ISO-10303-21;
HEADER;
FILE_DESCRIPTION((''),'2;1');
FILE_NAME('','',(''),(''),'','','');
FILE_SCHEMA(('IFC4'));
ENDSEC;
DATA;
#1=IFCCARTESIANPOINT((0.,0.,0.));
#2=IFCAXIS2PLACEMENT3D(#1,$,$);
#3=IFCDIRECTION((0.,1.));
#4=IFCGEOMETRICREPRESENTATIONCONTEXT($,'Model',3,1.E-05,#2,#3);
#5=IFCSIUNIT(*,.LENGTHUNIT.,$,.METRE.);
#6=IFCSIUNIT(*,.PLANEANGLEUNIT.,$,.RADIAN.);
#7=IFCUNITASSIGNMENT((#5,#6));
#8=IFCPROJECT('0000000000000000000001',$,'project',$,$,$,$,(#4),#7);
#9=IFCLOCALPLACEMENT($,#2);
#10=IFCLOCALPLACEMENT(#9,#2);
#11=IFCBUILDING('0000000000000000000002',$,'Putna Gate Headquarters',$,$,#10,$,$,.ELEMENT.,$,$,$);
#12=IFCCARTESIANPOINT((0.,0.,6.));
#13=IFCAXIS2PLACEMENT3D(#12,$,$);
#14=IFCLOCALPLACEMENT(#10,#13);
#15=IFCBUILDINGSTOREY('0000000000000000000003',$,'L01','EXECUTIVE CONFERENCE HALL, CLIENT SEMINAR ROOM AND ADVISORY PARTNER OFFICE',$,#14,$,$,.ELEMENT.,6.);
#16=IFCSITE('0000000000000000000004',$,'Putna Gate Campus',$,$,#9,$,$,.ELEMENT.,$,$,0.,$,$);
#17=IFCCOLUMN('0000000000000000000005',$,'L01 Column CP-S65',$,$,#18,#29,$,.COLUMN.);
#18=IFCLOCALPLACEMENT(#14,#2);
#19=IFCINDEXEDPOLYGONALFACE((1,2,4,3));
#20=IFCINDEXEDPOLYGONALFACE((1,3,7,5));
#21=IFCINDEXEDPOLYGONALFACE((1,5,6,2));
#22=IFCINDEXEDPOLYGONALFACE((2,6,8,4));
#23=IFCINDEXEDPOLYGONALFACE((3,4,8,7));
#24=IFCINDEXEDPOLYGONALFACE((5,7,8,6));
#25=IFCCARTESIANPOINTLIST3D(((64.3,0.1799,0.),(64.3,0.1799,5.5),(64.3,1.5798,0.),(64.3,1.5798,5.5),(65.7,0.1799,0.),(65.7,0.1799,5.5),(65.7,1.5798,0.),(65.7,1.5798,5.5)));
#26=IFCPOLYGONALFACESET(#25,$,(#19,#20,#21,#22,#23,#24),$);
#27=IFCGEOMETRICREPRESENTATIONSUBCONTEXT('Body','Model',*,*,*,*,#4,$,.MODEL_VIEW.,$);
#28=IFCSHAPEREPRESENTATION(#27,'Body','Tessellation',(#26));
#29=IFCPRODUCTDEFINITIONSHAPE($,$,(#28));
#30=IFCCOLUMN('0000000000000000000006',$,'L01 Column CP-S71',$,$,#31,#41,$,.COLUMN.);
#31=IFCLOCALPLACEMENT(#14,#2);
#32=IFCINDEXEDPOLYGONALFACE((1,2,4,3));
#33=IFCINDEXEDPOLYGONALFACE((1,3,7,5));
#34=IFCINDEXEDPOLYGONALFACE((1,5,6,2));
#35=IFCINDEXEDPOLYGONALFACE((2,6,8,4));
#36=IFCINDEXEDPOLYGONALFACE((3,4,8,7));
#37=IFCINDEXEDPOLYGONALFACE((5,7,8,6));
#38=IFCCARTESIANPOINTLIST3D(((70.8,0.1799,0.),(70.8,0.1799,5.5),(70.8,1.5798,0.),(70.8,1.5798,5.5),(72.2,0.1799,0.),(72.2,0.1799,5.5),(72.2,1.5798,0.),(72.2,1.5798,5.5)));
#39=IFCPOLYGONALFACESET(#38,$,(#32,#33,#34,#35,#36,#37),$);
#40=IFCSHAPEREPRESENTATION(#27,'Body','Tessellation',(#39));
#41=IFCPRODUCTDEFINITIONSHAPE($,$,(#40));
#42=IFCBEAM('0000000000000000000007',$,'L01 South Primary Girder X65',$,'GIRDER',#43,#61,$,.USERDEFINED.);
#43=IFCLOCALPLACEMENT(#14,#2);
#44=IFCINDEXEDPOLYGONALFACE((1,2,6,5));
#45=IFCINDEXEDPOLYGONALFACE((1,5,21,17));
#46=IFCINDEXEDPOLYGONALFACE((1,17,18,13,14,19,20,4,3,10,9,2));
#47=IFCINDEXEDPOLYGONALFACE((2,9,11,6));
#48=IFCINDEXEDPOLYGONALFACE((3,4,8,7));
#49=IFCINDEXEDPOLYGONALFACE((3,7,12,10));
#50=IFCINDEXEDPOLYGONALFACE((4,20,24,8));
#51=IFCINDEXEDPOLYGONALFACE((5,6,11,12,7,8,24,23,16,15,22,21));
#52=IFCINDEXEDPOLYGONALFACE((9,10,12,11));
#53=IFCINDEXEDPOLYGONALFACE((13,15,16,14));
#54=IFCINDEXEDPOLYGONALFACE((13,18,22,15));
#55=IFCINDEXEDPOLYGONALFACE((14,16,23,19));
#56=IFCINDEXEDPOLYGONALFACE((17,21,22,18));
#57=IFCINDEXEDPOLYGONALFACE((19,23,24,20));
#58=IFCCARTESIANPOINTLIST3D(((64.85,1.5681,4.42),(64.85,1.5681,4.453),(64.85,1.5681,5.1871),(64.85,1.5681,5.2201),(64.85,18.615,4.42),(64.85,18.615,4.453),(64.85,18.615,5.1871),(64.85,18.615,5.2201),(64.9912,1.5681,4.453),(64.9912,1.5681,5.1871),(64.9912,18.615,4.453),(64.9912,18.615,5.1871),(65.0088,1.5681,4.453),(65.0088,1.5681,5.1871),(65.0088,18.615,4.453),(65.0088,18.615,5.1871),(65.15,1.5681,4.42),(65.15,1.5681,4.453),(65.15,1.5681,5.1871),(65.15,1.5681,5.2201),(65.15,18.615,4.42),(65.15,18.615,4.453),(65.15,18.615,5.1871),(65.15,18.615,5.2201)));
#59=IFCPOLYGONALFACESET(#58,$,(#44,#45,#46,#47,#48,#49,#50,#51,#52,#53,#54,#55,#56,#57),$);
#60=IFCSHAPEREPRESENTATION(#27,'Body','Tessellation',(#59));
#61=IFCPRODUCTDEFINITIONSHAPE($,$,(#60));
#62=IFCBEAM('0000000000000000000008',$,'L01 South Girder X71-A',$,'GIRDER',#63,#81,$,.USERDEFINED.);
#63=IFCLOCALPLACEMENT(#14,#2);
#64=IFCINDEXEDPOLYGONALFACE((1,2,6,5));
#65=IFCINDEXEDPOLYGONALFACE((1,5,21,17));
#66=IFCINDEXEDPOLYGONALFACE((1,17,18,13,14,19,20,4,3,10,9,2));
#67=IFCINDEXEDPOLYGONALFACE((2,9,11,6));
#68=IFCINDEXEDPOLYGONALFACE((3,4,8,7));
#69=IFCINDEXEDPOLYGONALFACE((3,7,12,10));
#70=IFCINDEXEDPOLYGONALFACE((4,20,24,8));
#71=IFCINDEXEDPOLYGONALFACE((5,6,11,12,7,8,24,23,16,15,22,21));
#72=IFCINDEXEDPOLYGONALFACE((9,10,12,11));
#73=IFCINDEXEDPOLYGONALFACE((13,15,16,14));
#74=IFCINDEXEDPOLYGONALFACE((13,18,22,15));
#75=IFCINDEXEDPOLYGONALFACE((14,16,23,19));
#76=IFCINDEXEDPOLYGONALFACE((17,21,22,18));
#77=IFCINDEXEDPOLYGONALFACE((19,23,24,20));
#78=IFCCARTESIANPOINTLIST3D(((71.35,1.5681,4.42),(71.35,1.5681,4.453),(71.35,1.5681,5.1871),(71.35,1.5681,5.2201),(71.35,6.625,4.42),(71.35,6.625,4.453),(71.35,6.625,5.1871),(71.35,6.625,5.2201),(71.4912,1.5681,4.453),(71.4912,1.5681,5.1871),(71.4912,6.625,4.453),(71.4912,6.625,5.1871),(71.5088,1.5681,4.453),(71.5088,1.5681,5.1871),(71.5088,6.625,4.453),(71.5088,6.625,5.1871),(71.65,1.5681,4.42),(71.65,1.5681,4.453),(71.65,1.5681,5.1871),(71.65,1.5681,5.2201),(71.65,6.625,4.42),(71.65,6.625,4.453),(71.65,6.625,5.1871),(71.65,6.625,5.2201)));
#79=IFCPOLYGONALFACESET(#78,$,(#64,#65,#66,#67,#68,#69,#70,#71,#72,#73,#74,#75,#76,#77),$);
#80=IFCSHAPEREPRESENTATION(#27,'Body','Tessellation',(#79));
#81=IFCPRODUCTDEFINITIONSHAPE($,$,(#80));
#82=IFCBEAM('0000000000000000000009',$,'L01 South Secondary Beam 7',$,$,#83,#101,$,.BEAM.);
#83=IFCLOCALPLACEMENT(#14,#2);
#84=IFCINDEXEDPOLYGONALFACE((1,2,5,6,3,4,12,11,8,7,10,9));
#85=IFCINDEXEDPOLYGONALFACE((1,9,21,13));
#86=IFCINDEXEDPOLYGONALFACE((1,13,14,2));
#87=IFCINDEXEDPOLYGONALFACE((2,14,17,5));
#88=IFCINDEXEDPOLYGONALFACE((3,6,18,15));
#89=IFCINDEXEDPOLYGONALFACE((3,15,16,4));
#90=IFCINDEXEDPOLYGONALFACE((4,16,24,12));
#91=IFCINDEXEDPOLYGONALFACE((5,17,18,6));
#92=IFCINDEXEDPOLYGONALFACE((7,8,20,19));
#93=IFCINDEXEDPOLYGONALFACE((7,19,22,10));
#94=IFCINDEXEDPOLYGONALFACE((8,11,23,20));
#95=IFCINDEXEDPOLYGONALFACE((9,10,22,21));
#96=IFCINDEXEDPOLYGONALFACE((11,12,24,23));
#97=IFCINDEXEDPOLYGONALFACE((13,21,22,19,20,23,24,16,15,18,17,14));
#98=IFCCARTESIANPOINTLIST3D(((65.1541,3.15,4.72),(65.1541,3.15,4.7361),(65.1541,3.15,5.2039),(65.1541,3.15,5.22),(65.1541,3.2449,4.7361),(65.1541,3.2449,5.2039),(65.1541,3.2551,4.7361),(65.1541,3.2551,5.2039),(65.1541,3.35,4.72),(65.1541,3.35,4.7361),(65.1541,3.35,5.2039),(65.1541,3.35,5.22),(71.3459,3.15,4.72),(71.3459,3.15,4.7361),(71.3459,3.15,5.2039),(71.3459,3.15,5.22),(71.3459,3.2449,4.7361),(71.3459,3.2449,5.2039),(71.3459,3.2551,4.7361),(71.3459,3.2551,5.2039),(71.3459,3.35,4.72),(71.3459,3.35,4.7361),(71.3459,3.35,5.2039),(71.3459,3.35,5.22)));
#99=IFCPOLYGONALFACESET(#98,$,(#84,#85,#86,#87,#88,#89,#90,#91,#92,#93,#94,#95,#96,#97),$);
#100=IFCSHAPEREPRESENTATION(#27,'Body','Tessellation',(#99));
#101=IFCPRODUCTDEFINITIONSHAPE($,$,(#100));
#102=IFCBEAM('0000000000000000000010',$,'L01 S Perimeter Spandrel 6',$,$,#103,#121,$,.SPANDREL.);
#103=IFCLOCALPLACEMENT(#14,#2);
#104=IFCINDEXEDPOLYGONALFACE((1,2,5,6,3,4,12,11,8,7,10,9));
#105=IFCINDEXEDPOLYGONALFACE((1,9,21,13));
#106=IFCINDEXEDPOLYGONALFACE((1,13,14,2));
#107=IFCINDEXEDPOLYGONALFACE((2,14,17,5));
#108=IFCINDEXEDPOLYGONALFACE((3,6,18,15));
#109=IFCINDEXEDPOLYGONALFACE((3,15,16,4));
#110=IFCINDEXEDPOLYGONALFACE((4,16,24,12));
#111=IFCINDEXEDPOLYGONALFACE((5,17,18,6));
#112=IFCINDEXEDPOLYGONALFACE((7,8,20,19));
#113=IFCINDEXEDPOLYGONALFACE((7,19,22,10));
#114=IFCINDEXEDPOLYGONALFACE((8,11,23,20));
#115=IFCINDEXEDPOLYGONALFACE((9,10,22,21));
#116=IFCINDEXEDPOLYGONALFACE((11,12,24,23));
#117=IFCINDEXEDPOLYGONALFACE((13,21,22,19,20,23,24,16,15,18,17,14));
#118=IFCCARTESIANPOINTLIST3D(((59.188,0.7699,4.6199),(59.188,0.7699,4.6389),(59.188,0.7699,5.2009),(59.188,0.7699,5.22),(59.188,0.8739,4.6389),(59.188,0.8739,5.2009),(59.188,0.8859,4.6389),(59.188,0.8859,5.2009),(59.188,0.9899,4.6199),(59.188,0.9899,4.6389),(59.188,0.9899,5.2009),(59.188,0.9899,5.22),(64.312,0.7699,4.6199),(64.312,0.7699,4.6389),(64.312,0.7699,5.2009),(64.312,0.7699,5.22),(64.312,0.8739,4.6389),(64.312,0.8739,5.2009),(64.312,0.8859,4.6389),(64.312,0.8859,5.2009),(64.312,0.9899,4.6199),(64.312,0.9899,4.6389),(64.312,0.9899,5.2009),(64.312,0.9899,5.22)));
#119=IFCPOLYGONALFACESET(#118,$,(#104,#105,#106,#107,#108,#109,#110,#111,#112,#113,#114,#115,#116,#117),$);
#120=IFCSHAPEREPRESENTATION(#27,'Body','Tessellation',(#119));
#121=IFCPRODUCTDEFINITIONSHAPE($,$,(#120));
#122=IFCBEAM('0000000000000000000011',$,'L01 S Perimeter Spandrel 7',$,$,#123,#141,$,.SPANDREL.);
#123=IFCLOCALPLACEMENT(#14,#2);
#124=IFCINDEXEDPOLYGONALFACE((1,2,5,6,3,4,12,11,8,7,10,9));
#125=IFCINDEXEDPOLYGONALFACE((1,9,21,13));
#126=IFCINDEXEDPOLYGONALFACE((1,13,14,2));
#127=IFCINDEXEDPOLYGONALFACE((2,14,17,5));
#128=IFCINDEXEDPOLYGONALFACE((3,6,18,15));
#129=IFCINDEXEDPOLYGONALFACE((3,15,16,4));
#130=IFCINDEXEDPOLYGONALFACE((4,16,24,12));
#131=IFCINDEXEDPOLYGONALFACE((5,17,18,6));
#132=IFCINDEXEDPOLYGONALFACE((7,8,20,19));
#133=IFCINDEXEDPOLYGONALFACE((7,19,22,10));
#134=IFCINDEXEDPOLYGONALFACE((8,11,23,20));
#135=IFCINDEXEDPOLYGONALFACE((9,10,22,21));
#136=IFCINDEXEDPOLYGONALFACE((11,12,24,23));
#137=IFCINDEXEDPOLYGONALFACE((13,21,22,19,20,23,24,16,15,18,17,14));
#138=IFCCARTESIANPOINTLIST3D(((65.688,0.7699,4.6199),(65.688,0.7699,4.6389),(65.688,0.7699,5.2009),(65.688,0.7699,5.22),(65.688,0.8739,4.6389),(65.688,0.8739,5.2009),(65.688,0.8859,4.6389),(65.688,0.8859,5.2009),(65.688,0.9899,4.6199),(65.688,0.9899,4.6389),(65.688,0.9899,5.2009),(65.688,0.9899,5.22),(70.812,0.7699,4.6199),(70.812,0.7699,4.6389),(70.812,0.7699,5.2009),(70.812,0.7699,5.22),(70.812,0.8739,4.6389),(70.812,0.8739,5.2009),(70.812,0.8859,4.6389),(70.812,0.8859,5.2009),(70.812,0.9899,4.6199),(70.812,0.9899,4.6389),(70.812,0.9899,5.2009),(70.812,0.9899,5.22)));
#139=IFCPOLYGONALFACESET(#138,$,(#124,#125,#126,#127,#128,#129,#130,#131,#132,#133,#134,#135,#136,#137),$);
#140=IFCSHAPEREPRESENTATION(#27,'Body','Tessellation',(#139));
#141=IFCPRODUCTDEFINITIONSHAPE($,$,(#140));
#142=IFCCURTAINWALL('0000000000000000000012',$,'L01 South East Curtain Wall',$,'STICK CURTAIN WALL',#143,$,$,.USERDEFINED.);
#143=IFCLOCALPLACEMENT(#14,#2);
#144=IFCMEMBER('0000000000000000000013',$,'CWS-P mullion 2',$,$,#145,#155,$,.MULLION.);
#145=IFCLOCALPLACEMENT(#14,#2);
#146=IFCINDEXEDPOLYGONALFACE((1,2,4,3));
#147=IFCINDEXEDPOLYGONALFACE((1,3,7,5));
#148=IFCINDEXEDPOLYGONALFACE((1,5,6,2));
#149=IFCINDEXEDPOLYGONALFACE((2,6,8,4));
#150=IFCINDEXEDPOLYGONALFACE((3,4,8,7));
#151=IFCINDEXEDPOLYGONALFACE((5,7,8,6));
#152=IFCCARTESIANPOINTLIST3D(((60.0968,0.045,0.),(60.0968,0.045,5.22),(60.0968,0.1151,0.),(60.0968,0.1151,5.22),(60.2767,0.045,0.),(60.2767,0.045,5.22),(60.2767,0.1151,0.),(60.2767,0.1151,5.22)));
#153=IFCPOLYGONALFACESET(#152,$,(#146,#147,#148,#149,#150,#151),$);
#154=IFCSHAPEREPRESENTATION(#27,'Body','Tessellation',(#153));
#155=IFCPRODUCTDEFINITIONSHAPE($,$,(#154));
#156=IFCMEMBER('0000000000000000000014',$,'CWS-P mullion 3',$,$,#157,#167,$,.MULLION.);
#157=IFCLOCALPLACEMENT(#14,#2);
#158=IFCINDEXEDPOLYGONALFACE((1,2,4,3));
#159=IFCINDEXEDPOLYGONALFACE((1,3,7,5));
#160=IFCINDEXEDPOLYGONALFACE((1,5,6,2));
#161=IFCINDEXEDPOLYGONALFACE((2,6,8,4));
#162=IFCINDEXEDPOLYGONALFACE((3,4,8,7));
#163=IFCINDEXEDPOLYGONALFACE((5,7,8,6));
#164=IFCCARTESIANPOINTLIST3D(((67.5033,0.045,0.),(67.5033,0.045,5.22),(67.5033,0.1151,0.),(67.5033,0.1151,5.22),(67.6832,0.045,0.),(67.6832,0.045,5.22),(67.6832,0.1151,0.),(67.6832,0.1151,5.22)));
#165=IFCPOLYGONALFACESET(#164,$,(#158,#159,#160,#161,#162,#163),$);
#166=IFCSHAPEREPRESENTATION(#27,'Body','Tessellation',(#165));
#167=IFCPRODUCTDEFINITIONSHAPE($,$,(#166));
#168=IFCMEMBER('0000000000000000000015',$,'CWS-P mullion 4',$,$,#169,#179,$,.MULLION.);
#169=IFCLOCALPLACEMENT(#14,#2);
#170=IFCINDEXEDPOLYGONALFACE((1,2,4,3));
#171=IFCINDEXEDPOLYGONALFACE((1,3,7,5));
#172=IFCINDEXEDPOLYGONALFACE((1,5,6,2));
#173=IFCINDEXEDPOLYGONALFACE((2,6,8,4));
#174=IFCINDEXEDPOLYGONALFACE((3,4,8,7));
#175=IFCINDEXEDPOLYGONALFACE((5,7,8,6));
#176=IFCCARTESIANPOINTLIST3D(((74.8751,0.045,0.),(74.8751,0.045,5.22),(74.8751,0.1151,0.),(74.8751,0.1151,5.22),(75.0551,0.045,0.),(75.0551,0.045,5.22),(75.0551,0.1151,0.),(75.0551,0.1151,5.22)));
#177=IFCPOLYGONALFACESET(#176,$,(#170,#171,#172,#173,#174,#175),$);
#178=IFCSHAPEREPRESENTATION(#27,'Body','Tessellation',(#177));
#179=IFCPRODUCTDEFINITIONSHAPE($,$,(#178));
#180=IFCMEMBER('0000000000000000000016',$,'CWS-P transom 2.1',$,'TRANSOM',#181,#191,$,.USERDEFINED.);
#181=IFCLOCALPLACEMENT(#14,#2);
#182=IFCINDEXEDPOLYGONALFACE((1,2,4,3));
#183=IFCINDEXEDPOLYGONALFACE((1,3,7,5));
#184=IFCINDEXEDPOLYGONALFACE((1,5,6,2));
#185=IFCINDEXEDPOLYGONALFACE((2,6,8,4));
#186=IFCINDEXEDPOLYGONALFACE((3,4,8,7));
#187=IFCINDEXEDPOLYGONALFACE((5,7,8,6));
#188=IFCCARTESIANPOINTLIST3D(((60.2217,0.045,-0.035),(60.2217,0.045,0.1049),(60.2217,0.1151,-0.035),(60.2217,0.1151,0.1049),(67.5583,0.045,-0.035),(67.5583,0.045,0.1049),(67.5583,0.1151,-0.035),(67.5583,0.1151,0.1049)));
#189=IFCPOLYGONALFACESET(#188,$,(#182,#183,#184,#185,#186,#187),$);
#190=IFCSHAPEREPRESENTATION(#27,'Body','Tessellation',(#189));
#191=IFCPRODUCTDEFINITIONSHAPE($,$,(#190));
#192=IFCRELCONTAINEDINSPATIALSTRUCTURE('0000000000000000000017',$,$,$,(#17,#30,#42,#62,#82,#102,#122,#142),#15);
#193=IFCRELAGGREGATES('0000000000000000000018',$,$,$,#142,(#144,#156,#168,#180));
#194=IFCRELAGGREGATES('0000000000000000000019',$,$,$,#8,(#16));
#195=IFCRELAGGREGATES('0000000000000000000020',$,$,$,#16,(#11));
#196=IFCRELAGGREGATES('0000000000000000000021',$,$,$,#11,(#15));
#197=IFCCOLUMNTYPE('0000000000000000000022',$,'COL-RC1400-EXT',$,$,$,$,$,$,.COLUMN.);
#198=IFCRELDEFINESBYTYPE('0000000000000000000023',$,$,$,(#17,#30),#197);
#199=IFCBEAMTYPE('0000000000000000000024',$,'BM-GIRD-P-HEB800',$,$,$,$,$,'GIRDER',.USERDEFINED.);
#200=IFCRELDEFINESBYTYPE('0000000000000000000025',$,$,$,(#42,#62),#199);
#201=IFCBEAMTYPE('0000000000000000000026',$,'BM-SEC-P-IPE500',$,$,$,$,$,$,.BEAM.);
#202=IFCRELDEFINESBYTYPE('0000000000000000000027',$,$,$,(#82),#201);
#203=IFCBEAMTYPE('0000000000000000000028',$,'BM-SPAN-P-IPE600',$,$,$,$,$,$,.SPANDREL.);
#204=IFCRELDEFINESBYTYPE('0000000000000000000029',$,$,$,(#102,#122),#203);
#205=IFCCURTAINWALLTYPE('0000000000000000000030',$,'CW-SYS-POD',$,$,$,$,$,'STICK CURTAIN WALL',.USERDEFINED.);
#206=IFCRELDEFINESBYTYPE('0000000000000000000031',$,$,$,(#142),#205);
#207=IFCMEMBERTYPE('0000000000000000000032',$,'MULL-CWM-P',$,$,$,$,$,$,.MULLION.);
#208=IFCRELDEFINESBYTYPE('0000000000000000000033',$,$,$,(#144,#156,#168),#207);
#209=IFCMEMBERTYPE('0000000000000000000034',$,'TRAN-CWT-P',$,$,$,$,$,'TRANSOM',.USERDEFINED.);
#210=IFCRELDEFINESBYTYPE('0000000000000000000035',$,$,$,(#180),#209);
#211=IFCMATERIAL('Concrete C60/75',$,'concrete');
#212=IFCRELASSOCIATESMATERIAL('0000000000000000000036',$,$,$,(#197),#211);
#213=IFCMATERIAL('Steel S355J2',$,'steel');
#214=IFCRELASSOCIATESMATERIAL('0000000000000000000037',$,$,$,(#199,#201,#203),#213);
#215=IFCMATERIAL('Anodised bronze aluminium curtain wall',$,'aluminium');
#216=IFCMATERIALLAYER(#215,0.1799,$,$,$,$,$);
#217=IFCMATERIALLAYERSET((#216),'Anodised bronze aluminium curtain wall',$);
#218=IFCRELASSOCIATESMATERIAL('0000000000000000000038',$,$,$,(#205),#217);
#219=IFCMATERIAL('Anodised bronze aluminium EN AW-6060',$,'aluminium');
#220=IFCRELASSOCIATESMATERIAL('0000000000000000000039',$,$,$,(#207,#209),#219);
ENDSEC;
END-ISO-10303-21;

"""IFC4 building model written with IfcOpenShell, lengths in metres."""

from ifc_helpers import new_model, si_unit, direction, frame, origin, origin_2d, place, context, subcontext, project, spatial, rectangle, i_section, extrude, material, layer, layer_set, material_profile, profile_set, type_object, element, aggregate, save


model = new_model("IFC4")

# Units and contexts
model_context = context("Model", 3, precision=1e-05, world=origin(), true_north=direction((0.0, 1.0)))
body_context = subcontext(model_context, "Body", "Model", "MODEL_VIEW")
ifc_project = project(units=[si_unit("LENGTHUNIT", "METRE"), si_unit("PLANEANGLEUNIT", "RADIAN")], contexts=[model_context])

# Site, building, storey
site_placement = place(None, origin())
site = spatial("IfcSite", under=ifc_project, at=site_placement, Name="Putna Gate Campus", CompositionType="ELEMENT", RefElevation=0.0)
building_placement = place(site_placement, origin())
building = spatial("IfcBuilding", under=site, at=building_placement, Name="Putna Gate Headquarters", CompositionType="ELEMENT")
storey_placement = place(building_placement, frame((0.0, 0.0, 6.0)))
storey = spatial("IfcBuildingStorey", under=building, at=storey_placement, Name="L01", Description="EXECUTIVE CONFERENCE HALL, CLIENT SEMINAR ROOM AND ADVISORY PARTNER OFFICE", CompositionType="ELEMENT", Elevation=6.0)

# Columns
ifc_material_1 = material(Name="Concrete C60/75", Category="concrete")
ifc_material_profile_1 = material_profile(ifc_material_1, rectangle(XDim=1.3999, YDim=1.3999, at=origin_2d()), Name="Concrete C60/75")
ifc_profile_set_1 = profile_set([ifc_material_profile_1], Name="Concrete C60/75")
column_type = type_object("IfcColumnType", Name="COL-RC1400-EXT", PredefinedType="COLUMN", material=ifc_profile_set_1)
for number, where, z_axis, x_axis, name in (
    (1, (65.0, 0.8799, 0.0), (0.0, 0.0, 1.0), (1.0, 0.0, 0.0), "L01 Column CP-S65"),
    (2, (71.5, 0.8799, 0.0), (0.0, 0.0, 1.0), (1.0, 0.0, 0.0), "L01 Column CP-S71"),
):
    element("IfcColumn", number, at=place(storey_placement, frame(where, z_axis=z_axis, x_axis=x_axis)), inside=storey, type_object=column_type, Name=name, PredefinedType="COLUMN", context=body_context, shape_type="SweptSolid", body=[
        extrude(rectangle(XDim=1.3999, YDim=1.3999, at=origin_2d()), origin(), (0.0, 0.0, 1.0), 5.5),
    ])

# Beams
ifc_material_2 = material(Name="Steel S355J2", Category="steel")
ifc_material_profile_2 = material_profile(ifc_material_2, i_section(OverallWidth=0.3, OverallDepth=0.8, WebThickness=0.0176, FlangeThickness=0.033, at=origin_2d()), Name="Steel S355J2")
ifc_profile_set_2 = profile_set([ifc_material_profile_2], Name="Steel S355J2")
beam_type_1 = type_object("IfcBeamType", Name="BM-GIRD-P-HEB800", ElementType="GIRDER", PredefinedType="USERDEFINED", material=ifc_profile_set_2)
beam_1_placement = place(storey_placement, frame((65.0, 1.5681, 4.8201), z_axis=(0.0, 1.0, 0.0), x_axis=(-1.0, 0.0, 0.0)))
element("IfcBeam", 3, at=beam_1_placement, inside=storey, type_object=beam_type_1, Name="L01 South Primary Girder X65", ObjectType="GIRDER", PredefinedType="USERDEFINED", context=body_context, shape_type="SweptSolid", body=[
    extrude(i_section(OverallWidth=0.3, OverallDepth=0.8, WebThickness=0.0176, FlangeThickness=0.033, at=origin_2d()), origin(), (0.0, 0.0, 1.0), 17.0469),
])
beam_2_placement = place(storey_placement, frame((71.5, 1.5681, 4.8201), z_axis=(0.0, 1.0, 0.0), x_axis=(-1.0, 0.0, 0.0)))
element("IfcBeam", 4, at=beam_2_placement, inside=storey, type_object=beam_type_1, Name="L01 South Girder X71-A", ObjectType="GIRDER", PredefinedType="USERDEFINED", context=body_context, shape_type="SweptSolid", body=[
    extrude(i_section(OverallWidth=0.3, OverallDepth=0.8, WebThickness=0.0176, FlangeThickness=0.033, at=origin_2d()), origin(), (0.0, 0.0, 1.0), 5.0569),
])
ifc_material_profile_3 = material_profile(ifc_material_2, i_section(OverallWidth=0.2, OverallDepth=0.5, WebThickness=0.0103, FlangeThickness=0.0161, at=origin_2d()), Name="Steel S355J2")
ifc_profile_set_3 = profile_set([ifc_material_profile_3], Name="Steel S355J2")
beam_type_2 = type_object("IfcBeamType", Name="BM-SEC-P-IPE500", PredefinedType="BEAM", material=ifc_profile_set_3)
beam_3_placement = place(storey_placement, frame((65.1541, 3.25, 4.97), z_axis=(1.0, 0.0, 0.0), x_axis=(0.0, 1.0, 0.0)))
element("IfcBeam", 5, at=beam_3_placement, inside=storey, type_object=beam_type_2, Name="L01 South Secondary Beam 7", PredefinedType="BEAM", context=body_context, shape_type="SweptSolid", body=[
    extrude(i_section(OverallWidth=0.2, OverallDepth=0.5, WebThickness=0.0103, FlangeThickness=0.0161, at=origin_2d()), origin(), (0.0, 0.0, 1.0), 6.1919),
])
ifc_material_profile_4 = material_profile(ifc_material_2, i_section(OverallWidth=0.22, OverallDepth=0.6001, WebThickness=0.012, FlangeThickness=0.019, at=origin_2d()), Name="Steel S355J2")
ifc_profile_set_4 = profile_set([ifc_material_profile_4], Name="Steel S355J2")
beam_type_3 = type_object("IfcBeamType", Name="BM-SPAN-P-IPE600", PredefinedType="SPANDREL", material=ifc_profile_set_4)
for number, where, z_axis, x_axis, name in (
    (6, (59.188, 0.8799, 4.9199), (1.0, 0.0, 0.0), (0.0, 1.0, 0.0), "L01 S Perimeter Spandrel 6"),
    (7, (65.688, 0.8799, 4.9199), (1.0, 0.0, 0.0), (0.0, 1.0, 0.0), "L01 S Perimeter Spandrel 7"),
):
    element("IfcBeam", number, at=place(storey_placement, frame(where, z_axis=z_axis, x_axis=x_axis)), inside=storey, type_object=beam_type_3, Name=name, PredefinedType="SPANDREL", context=body_context, shape_type="SweptSolid", body=[
        extrude(i_section(OverallWidth=0.22, OverallDepth=0.6001, WebThickness=0.012, FlangeThickness=0.019, at=origin_2d()), origin(), (0.0, 0.0, 1.0), 5.124),
    ])

# Curtain wall, members
ifc_material_3 = material(Name="Anodised bronze aluminium curtain wall", Category="aluminium")
ifc_layer_1 = layer(ifc_material_3, 0.1799)
ifc_layer_set_1 = layer_set([ifc_layer_1], Name="Anodised bronze aluminium curtain wall")
curtain_wall_type = type_object("IfcCurtainWallType", Name="CW-SYS-POD", ElementType="STICK CURTAIN WALL", PredefinedType="USERDEFINED", material=ifc_layer_set_1)
curtain_wall_placement = place(storey_placement, origin())
curtain_wall = element("IfcCurtainWall", 8, at=curtain_wall_placement, inside=storey, type_object=curtain_wall_type, Name="L01 South East Curtain Wall", ObjectType="STICK CURTAIN WALL", PredefinedType="USERDEFINED")
ifc_material_4 = material(Name="Anodised bronze aluminium EN AW-6060", Category="aluminium")
ifc_material_profile_5 = material_profile(ifc_material_4, rectangle(XDim=0.0701, YDim=0.1799, at=origin_2d()), Name="Anodised bronze aluminium EN AW-6060")
ifc_profile_set_5 = profile_set([ifc_material_profile_5], Name="Anodised bronze aluminium EN AW-6060")
member_type_1 = type_object("IfcMemberType", Name="MULL-CWM-P", PredefinedType="MULLION", material=ifc_profile_set_5)
member_1_placement = place(storey_placement, frame((60.1868, 0.0801, 0.0), z_axis=(0.0, 0.0, 1.0), x_axis=(0.0, 1.0, 0.0)))
member_1 = element("IfcMember", 9, at=member_1_placement, type_object=member_type_1, Name="CWS-P mullion 2", PredefinedType="MULLION", context=body_context, shape_type="SweptSolid", body=[
    extrude(rectangle(XDim=0.0701, YDim=0.1799, at=origin_2d()), origin(), (0.0, 0.0, 1.0), 5.22),
])
member_2_placement = place(storey_placement, frame((67.5933, 0.0801, 0.0), z_axis=(0.0, 0.0, 1.0), x_axis=(0.0, 1.0, 0.0)))
member_2 = element("IfcMember", 10, at=member_2_placement, type_object=member_type_1, Name="CWS-P mullion 3", PredefinedType="MULLION", context=body_context, shape_type="SweptSolid", body=[
    extrude(rectangle(XDim=0.0701, YDim=0.1799, at=origin_2d()), origin(), (0.0, 0.0, 1.0), 5.22),
])
member_3_placement = place(storey_placement, frame((74.9651, 0.0801, 0.0), z_axis=(0.0, 0.0, 1.0), x_axis=(0.0, 1.0, 0.0)))
member_3 = element("IfcMember", 11, at=member_3_placement, type_object=member_type_1, Name="CWS-P mullion 4", PredefinedType="MULLION", context=body_context, shape_type="SweptSolid", body=[
    extrude(rectangle(XDim=0.0701, YDim=0.1799, at=origin_2d()), origin(), (0.0, 0.0, 1.0), 5.22),
])
ifc_material_profile_6 = material_profile(ifc_material_4, rectangle(XDim=0.0701, YDim=0.1399, at=origin_2d()), Name="Anodised bronze aluminium EN AW-6060")
ifc_profile_set_6 = profile_set([ifc_material_profile_6], Name="Anodised bronze aluminium EN AW-6060")
member_type_2 = type_object("IfcMemberType", Name="TRAN-CWT-P", ElementType="TRANSOM", PredefinedType="USERDEFINED", material=ifc_profile_set_6)
member_4_placement = place(storey_placement, frame((60.2217, 0.0801, 0.0349), z_axis=(1.0, 0.0, 0.0), x_axis=(0.0, 1.0, 0.0)))
member_4 = element("IfcMember", 12, at=member_4_placement, type_object=member_type_2, Name="CWS-P transom 2.1", ObjectType="TRANSOM", PredefinedType="USERDEFINED", context=body_context, shape_type="SweptSolid", body=[
    extrude(rectangle(XDim=0.0701, YDim=0.1399, at=origin_2d()), origin(), (0.0, 0.0, 1.0), 7.3367),
])
aggregate(curtain_wall, [member_1, member_2, member_3, member_4])

save(model, "model.ifc")
